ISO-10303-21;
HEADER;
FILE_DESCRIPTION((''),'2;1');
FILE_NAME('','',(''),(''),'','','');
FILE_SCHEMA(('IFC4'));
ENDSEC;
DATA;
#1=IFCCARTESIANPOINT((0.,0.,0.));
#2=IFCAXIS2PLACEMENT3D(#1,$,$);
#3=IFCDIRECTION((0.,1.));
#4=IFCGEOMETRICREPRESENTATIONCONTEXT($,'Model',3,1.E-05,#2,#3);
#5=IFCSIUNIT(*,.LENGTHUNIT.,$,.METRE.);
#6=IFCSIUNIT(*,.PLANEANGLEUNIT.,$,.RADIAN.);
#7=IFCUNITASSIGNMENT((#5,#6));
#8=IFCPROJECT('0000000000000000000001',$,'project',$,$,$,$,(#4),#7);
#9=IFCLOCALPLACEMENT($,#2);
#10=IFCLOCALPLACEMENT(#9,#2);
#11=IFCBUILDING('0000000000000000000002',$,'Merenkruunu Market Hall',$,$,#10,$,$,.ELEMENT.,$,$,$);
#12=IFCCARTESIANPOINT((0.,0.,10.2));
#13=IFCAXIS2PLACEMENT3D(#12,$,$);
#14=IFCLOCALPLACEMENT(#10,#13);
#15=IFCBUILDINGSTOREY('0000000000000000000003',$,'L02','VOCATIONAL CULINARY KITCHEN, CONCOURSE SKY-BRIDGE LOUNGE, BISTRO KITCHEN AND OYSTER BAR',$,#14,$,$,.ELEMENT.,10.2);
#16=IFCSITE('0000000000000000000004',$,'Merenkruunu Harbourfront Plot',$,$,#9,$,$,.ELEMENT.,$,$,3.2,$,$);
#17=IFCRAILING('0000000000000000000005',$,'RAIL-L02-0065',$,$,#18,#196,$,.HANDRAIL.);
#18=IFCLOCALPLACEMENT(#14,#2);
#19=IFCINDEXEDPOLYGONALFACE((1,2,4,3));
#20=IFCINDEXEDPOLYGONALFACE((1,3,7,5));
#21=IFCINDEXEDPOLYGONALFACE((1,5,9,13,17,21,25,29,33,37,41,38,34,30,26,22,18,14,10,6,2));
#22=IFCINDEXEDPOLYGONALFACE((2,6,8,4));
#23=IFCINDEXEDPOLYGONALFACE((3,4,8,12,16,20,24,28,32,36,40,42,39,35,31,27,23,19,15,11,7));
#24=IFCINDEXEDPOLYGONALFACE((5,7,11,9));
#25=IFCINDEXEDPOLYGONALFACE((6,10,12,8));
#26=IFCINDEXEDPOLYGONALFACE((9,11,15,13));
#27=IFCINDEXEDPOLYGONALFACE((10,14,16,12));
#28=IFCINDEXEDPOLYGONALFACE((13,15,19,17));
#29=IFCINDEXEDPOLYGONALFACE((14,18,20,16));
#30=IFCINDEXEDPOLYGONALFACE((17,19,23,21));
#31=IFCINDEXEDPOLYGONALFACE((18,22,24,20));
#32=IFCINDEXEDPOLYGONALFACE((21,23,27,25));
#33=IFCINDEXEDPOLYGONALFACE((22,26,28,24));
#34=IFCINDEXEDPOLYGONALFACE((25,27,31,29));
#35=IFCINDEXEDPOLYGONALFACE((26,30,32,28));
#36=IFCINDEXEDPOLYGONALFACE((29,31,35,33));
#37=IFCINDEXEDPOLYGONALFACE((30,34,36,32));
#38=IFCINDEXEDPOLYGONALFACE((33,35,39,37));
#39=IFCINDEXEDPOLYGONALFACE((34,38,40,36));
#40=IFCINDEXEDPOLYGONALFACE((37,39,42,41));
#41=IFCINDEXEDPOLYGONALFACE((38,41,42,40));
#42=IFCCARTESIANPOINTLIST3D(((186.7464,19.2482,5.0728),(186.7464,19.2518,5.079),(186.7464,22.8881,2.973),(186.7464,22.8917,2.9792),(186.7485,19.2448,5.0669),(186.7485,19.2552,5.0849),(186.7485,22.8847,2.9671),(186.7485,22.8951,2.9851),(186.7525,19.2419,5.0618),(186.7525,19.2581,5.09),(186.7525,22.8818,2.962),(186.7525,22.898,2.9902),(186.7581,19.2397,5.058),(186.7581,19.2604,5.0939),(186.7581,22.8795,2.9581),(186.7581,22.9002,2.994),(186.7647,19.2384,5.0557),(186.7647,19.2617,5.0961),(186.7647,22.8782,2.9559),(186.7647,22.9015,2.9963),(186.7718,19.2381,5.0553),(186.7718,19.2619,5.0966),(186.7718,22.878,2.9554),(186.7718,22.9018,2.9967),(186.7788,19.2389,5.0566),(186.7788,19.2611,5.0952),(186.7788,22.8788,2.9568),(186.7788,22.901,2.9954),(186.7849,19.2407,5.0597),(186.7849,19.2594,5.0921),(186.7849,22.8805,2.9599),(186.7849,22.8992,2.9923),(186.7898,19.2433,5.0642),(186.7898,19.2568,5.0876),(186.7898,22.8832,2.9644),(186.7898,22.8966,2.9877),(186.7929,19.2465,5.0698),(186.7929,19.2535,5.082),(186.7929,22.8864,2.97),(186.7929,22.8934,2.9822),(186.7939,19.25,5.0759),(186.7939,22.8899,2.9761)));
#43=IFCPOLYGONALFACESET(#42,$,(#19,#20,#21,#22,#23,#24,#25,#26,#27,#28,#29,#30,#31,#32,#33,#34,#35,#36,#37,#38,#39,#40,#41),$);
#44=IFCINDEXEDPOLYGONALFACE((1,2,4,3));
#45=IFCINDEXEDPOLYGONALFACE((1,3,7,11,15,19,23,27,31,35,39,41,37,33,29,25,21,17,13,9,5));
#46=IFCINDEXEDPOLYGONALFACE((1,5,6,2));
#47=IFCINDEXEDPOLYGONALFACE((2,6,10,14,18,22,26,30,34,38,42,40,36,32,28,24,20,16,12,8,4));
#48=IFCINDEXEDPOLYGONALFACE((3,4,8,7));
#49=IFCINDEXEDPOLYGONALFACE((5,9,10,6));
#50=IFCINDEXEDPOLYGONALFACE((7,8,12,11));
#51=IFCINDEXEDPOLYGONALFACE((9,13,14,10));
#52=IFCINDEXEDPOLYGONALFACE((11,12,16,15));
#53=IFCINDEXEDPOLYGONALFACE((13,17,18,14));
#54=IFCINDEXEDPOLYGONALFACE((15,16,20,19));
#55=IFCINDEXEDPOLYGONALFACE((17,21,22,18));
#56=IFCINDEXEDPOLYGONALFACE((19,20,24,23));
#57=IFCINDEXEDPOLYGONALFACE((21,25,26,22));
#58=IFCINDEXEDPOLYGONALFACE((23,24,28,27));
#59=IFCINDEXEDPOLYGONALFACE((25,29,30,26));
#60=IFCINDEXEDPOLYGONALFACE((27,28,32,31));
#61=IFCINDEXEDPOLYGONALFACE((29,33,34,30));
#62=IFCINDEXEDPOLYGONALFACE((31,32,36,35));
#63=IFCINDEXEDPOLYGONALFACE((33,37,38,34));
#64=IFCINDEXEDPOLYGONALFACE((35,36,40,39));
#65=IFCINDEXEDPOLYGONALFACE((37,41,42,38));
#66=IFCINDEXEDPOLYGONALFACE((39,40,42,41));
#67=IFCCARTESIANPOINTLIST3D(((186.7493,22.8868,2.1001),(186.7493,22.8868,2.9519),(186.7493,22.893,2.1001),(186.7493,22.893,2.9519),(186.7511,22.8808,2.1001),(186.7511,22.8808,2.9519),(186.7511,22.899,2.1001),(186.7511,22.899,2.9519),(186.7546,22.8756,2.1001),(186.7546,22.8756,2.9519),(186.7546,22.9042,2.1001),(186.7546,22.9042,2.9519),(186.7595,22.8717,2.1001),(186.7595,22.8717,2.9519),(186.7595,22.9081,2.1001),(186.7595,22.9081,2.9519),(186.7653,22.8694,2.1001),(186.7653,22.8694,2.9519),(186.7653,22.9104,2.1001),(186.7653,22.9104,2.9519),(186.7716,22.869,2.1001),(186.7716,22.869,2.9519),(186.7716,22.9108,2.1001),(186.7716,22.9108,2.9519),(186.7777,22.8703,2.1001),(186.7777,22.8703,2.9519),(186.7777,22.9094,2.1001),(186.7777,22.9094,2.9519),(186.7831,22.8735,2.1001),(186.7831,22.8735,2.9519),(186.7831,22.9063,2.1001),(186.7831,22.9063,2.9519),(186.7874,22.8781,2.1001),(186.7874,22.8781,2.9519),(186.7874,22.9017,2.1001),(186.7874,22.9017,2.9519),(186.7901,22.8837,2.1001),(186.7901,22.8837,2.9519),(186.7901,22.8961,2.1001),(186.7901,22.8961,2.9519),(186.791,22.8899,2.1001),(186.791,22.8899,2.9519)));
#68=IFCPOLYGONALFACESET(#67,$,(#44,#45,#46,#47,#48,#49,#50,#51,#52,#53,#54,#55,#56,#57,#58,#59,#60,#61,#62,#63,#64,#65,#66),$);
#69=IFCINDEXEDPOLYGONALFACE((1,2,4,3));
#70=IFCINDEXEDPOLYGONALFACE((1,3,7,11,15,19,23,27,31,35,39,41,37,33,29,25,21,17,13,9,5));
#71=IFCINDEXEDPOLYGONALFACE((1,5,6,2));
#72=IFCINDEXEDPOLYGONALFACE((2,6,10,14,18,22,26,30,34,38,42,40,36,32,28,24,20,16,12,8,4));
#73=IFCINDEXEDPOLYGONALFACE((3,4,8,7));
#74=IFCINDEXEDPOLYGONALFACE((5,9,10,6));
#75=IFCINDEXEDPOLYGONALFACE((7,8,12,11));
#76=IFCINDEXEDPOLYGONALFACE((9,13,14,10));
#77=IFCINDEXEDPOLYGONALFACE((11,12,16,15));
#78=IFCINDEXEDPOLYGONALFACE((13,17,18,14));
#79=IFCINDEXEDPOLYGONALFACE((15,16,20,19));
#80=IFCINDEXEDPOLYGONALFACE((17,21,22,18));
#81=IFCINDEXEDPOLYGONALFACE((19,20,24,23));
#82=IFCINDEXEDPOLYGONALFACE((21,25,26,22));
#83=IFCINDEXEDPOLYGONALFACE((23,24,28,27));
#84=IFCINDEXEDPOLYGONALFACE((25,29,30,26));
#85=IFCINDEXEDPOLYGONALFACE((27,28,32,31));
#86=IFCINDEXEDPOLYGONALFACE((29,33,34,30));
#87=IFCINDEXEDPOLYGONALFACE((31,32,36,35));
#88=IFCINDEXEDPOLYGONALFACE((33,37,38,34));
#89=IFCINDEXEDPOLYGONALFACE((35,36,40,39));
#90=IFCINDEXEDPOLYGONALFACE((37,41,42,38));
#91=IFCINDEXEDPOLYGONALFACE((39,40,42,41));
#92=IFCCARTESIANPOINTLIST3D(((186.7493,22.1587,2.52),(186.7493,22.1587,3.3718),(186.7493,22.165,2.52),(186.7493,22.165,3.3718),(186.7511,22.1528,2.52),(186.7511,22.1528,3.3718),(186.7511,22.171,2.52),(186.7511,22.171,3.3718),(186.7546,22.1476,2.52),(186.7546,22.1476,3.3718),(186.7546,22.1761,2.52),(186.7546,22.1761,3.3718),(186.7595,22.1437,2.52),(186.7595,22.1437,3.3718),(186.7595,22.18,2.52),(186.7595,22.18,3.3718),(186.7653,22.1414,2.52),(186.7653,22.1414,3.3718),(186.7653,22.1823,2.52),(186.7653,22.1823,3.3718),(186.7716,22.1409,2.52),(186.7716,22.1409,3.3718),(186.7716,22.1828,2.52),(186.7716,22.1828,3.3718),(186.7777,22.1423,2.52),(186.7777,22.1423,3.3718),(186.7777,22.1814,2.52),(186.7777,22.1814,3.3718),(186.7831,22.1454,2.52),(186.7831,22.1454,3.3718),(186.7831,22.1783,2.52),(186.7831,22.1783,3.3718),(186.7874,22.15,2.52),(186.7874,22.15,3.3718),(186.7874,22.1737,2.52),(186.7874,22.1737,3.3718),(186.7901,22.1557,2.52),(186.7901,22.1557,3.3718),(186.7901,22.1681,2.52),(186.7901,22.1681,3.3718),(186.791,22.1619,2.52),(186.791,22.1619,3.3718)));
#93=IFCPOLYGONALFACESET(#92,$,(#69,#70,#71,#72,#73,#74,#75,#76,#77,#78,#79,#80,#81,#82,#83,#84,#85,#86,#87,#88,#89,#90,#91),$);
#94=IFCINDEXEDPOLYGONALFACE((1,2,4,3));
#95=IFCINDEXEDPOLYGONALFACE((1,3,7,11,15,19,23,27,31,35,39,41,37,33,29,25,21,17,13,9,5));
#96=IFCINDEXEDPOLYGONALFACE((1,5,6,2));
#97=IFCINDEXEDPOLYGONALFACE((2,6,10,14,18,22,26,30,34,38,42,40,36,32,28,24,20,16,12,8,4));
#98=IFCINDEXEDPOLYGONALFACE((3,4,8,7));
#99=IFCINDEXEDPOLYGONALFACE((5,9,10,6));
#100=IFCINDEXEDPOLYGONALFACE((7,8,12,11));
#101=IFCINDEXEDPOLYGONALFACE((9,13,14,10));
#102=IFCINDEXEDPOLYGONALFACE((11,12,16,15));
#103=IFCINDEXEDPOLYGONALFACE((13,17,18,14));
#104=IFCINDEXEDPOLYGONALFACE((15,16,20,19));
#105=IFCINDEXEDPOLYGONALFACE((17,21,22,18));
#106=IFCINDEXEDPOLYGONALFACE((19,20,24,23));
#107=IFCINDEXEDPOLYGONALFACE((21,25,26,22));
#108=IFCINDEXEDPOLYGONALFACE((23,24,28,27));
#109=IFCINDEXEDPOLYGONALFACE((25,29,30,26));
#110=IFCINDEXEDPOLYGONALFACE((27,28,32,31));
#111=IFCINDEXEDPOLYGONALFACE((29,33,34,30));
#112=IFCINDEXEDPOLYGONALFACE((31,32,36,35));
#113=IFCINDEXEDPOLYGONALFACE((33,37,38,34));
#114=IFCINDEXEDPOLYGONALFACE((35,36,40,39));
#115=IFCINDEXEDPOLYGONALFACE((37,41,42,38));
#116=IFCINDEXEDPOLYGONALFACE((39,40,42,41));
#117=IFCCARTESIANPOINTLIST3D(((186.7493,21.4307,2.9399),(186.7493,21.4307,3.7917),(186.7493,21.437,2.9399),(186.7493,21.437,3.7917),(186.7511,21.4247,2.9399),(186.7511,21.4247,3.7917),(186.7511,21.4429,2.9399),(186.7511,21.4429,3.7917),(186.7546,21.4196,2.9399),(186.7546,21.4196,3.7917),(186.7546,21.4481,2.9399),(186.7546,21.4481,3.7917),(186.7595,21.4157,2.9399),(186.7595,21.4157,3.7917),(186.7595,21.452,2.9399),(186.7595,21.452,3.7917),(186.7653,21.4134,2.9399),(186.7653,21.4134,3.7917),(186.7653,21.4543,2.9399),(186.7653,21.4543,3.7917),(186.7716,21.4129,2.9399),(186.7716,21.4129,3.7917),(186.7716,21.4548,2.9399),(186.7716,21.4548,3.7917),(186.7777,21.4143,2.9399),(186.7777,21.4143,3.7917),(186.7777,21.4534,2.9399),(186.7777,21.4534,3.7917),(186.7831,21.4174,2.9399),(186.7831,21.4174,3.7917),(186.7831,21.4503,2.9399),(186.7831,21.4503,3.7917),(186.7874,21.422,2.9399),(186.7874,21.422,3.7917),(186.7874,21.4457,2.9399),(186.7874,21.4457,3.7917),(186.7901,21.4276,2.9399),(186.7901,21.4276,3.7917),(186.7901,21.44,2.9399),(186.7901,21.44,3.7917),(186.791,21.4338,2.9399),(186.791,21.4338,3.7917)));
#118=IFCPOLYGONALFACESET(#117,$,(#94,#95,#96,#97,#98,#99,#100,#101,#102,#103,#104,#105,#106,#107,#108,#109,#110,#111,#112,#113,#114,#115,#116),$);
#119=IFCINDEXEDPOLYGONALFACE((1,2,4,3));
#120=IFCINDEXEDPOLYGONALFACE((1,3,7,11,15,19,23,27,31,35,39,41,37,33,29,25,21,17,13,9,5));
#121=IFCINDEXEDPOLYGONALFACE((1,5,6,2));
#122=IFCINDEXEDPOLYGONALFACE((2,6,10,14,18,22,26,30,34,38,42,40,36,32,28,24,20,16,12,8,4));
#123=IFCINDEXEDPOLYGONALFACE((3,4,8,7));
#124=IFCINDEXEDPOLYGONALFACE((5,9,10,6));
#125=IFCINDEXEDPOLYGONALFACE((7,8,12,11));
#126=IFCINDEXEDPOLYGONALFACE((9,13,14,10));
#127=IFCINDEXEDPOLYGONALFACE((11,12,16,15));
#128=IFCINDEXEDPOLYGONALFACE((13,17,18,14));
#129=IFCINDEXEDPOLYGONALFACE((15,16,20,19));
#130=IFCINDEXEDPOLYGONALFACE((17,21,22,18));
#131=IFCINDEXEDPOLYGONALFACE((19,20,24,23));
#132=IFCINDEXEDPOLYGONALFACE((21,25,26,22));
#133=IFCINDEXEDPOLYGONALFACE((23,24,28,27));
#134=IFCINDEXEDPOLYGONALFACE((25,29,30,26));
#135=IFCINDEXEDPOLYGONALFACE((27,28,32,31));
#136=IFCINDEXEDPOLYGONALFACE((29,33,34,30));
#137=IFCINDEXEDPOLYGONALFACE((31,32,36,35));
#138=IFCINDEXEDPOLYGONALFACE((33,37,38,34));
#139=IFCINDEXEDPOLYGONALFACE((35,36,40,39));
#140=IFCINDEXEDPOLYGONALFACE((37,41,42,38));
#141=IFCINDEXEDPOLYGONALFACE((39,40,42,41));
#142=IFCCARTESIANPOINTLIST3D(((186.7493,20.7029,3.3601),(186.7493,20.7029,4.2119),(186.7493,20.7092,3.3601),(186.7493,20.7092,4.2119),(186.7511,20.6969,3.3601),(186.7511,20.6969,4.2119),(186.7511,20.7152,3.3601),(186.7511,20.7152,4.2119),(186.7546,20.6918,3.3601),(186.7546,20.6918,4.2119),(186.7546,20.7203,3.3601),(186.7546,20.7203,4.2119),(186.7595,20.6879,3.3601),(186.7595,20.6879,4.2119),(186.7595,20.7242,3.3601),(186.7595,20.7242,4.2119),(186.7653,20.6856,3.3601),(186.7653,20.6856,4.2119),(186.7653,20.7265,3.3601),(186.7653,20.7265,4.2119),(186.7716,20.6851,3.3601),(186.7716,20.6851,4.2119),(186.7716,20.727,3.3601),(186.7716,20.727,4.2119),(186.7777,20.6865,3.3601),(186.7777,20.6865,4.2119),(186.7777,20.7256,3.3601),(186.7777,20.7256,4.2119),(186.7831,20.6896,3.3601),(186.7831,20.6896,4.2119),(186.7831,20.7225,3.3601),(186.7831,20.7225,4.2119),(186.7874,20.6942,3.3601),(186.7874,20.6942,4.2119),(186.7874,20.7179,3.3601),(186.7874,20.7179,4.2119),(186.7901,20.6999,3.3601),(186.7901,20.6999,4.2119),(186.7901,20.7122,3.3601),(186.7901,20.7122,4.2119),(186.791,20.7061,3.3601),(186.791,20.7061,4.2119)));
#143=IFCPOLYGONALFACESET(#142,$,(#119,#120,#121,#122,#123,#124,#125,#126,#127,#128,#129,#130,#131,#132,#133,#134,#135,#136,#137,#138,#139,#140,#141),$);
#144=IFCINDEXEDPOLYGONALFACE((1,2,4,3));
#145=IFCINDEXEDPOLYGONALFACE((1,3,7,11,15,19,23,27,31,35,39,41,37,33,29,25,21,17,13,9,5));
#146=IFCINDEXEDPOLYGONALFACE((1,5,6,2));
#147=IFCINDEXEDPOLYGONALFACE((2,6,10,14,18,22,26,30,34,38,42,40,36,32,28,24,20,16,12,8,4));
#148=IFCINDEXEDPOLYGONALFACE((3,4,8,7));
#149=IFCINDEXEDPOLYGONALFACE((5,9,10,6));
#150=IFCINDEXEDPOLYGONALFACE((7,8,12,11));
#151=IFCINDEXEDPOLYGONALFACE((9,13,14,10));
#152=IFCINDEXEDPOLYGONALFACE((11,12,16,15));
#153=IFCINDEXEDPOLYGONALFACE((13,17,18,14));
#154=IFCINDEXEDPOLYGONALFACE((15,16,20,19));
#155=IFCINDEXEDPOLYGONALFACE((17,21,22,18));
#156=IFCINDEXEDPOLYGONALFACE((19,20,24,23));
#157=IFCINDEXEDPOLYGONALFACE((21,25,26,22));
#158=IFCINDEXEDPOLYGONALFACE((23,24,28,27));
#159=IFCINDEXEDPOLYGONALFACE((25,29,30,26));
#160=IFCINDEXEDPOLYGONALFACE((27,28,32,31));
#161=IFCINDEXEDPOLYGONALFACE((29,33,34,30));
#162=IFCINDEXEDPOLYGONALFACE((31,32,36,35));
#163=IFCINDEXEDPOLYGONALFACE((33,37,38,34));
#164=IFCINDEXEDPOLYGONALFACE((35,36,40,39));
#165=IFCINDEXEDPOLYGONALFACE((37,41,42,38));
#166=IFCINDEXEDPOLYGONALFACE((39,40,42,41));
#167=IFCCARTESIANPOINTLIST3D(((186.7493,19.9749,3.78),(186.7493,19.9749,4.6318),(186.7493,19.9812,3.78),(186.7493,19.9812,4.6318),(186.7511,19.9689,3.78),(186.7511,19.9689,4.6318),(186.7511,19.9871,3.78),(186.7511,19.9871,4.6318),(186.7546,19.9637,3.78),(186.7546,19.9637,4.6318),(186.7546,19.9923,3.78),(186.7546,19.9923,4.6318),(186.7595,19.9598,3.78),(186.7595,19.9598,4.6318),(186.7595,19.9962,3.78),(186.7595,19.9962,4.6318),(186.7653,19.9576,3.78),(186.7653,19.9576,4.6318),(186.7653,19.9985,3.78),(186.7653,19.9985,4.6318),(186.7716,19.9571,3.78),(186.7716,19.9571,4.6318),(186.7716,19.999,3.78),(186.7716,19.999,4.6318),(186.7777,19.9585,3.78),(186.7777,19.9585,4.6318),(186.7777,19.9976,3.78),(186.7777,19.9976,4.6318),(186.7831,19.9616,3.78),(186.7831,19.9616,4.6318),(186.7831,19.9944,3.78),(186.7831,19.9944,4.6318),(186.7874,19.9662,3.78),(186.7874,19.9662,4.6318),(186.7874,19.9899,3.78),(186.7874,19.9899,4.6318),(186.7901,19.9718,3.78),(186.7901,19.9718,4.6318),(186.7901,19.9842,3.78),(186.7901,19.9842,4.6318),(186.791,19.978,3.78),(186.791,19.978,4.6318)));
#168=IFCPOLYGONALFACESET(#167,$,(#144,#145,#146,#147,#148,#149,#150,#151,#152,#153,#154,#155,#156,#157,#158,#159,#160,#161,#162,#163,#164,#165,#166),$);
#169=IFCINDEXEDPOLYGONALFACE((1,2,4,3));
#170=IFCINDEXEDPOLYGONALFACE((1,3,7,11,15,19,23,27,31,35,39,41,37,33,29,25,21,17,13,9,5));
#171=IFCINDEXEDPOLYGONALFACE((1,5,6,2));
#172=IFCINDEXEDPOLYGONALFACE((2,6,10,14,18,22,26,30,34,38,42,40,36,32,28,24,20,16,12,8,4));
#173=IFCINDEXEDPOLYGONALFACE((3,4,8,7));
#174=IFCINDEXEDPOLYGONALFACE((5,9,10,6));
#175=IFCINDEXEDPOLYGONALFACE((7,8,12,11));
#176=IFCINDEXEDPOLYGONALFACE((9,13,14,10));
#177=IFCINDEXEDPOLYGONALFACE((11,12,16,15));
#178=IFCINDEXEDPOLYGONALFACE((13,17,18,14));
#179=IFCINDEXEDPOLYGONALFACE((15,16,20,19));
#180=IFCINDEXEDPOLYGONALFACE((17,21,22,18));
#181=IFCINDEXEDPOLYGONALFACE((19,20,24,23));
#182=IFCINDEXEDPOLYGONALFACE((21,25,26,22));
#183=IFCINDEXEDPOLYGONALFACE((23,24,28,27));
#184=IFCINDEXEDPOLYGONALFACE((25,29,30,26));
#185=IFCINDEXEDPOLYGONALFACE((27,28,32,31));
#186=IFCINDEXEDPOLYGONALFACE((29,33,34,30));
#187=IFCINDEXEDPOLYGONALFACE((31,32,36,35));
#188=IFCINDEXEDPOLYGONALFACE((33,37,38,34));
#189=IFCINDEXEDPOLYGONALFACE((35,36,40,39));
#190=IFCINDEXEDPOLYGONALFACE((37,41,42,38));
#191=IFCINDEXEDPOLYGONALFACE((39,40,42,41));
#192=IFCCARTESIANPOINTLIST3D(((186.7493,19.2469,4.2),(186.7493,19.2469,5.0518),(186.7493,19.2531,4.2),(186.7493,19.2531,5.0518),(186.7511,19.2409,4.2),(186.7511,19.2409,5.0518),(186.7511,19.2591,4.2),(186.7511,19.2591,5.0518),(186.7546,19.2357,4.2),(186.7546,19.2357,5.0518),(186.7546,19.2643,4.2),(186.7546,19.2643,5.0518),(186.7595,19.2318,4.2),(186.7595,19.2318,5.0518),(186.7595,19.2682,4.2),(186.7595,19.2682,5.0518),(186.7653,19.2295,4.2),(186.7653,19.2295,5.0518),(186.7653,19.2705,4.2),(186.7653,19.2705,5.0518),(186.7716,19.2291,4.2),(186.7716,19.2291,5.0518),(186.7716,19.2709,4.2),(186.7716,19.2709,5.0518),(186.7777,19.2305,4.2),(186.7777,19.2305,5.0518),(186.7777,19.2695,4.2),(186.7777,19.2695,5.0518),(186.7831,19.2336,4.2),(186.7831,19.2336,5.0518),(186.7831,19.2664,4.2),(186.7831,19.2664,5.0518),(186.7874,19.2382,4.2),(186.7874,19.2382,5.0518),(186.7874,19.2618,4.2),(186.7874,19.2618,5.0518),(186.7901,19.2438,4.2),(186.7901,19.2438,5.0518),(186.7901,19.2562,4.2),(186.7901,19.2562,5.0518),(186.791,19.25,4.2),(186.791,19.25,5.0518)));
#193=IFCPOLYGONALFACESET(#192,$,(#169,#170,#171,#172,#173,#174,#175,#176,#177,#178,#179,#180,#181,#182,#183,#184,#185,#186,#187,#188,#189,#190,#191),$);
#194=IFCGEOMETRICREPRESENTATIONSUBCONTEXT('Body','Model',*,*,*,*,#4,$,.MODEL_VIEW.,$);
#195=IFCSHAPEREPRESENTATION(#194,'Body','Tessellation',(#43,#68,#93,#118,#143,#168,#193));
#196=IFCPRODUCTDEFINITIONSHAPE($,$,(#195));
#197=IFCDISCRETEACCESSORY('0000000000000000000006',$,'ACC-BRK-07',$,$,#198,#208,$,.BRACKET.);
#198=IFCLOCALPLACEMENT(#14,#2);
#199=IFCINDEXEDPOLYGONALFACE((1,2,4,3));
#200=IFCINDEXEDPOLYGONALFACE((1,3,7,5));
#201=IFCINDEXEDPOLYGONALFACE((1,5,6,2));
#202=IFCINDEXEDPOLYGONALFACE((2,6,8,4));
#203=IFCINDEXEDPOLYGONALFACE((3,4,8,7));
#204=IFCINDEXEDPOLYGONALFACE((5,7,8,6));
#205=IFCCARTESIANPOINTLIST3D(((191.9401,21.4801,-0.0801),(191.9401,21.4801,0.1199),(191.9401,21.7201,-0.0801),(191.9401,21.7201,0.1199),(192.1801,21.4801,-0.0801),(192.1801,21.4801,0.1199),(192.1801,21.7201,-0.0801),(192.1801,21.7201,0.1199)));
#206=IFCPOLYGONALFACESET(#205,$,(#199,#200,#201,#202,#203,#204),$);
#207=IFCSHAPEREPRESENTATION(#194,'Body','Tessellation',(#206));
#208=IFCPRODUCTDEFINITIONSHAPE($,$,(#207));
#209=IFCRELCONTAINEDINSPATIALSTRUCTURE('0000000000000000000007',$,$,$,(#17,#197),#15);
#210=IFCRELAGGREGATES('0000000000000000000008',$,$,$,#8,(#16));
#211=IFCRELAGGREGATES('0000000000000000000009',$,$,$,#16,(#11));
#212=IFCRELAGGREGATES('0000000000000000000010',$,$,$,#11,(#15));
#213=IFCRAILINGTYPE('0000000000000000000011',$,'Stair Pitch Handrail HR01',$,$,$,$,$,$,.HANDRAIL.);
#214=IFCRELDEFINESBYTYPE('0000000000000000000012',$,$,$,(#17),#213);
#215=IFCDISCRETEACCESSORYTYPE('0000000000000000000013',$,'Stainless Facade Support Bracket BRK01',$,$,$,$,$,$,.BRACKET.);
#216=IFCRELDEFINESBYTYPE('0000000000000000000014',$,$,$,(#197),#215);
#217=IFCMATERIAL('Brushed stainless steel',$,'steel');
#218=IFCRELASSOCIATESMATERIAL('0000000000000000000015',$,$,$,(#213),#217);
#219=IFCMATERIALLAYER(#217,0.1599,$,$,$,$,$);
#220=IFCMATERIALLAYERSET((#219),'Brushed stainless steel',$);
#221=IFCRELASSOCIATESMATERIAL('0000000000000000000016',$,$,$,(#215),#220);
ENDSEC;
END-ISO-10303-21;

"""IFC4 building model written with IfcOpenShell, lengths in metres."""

from ifc_helpers import new_model, si_unit, direction, frame, origin, origin_2d, place, context, subcontext, project, spatial, rectangle, circle, extrude, material, layer, layer_set, type_object, element, save


model = new_model("IFC4")

# Units and contexts
model_context = context("Model", 3, precision=1e-05, world=origin(), true_north=direction((0.0, 1.0)))
body_context = subcontext(model_context, "Body", "Model", "MODEL_VIEW")
ifc_project = project(units=[si_unit("LENGTHUNIT", "METRE"), si_unit("PLANEANGLEUNIT", "RADIAN")], contexts=[model_context])

# Site, building, storey
site_placement = place(None, origin())
site = spatial("IfcSite", under=ifc_project, at=site_placement, Name="Merenkruunu Harbourfront Plot", CompositionType="ELEMENT", RefElevation=3.2)
building_placement = place(site_placement, origin())
building = spatial("IfcBuilding", under=site, at=building_placement, Name="Merenkruunu Market Hall", CompositionType="ELEMENT")
storey_placement = place(building_placement, frame((0.0, 0.0, 10.2)))
storey = spatial("IfcBuildingStorey", under=building, at=storey_placement, Name="L02", Description="VOCATIONAL CULINARY KITCHEN, CONCOURSE SKY-BRIDGE LOUNGE, BISTRO KITCHEN AND OYSTER BAR", CompositionType="ELEMENT", Elevation=10.2)

# Shared definitions
ifc_material_1 = material(Name="Brushed stainless steel", Category="steel")

# Railing
railing_type_1 = type_object("IfcRailingType", Name="Stair Pitch Handrail HR01", PredefinedType="HANDRAIL", material=ifc_material_1)
railing_1_placement = place(storey_placement, frame((186.77, 22.8899, 2.1001)))
element("IfcRailing", 1, at=railing_1_placement, inside=storey, type_object=railing_type_1, Name="RAIL-L02-0065", PredefinedType="HANDRAIL", context=body_context, shape_type="SweptSolid", body=[
    extrude(circle(Radius=0.0239, at=origin_2d()), frame((0.0, 0.0, 0.876), z_axis=(0.0, -0.866194, 0.499707), x_axis=(1.0, 0.0, 0.0)), (0.0, 0.0, 1.0), 4.2021),
    extrude(circle(Radius=0.021, at=origin_2d()), origin(), (0.0, 0.0, 1.0), 0.8518),
    extrude(circle(Radius=0.021, at=origin_2d()), frame((0.0, -0.728, 0.4199)), (0.0, 0.0, 1.0), 0.8518),
    extrude(circle(Radius=0.021, at=origin_2d()), frame((0.0, -1.4561, 0.8398)), (0.0, 0.0, 1.0), 0.8518),
    extrude(circle(Radius=0.021, at=origin_2d()), frame((0.0, -2.1838, 1.26)), (0.0, 0.0, 1.0), 0.8518),
    extrude(circle(Radius=0.021, at=origin_2d()), frame((0.0, -2.9119, 1.6799)), (0.0, 0.0, 1.0), 0.8518),
    extrude(circle(Radius=0.021, at=origin_2d()), frame((0.0, -3.6399, 2.0999)), (0.0, 0.0, 1.0), 0.8518),
])

# Discrete accessory
ifc_layer_1 = layer(ifc_material_1, 0.1599)
ifc_layer_set_1 = layer_set([ifc_layer_1], Name="Brushed stainless steel")
discrete_accessory_type = type_object("IfcDiscreteAccessoryType", Name="Stainless Facade Support Bracket BRK01", PredefinedType="BRACKET", material=ifc_layer_set_1)
discrete_accessory_placement = place(storey_placement, frame((192.0601, 21.6001, -0.0801), z_axis=(0.0, 0.0, 1.0), x_axis=(1.0, 0.0, 0.0)))
element("IfcDiscreteAccessory", 2, at=discrete_accessory_placement, inside=storey, type_object=discrete_accessory_type, Name="ACC-BRK-07", PredefinedType="BRACKET", context=body_context, shape_type="SweptSolid", body=[
    extrude(rectangle(XDim=0.24, YDim=0.24, at=origin_2d()), origin(), (0.0, 0.0, 1.0), 0.2),
])

save(model, "model.ifc")
